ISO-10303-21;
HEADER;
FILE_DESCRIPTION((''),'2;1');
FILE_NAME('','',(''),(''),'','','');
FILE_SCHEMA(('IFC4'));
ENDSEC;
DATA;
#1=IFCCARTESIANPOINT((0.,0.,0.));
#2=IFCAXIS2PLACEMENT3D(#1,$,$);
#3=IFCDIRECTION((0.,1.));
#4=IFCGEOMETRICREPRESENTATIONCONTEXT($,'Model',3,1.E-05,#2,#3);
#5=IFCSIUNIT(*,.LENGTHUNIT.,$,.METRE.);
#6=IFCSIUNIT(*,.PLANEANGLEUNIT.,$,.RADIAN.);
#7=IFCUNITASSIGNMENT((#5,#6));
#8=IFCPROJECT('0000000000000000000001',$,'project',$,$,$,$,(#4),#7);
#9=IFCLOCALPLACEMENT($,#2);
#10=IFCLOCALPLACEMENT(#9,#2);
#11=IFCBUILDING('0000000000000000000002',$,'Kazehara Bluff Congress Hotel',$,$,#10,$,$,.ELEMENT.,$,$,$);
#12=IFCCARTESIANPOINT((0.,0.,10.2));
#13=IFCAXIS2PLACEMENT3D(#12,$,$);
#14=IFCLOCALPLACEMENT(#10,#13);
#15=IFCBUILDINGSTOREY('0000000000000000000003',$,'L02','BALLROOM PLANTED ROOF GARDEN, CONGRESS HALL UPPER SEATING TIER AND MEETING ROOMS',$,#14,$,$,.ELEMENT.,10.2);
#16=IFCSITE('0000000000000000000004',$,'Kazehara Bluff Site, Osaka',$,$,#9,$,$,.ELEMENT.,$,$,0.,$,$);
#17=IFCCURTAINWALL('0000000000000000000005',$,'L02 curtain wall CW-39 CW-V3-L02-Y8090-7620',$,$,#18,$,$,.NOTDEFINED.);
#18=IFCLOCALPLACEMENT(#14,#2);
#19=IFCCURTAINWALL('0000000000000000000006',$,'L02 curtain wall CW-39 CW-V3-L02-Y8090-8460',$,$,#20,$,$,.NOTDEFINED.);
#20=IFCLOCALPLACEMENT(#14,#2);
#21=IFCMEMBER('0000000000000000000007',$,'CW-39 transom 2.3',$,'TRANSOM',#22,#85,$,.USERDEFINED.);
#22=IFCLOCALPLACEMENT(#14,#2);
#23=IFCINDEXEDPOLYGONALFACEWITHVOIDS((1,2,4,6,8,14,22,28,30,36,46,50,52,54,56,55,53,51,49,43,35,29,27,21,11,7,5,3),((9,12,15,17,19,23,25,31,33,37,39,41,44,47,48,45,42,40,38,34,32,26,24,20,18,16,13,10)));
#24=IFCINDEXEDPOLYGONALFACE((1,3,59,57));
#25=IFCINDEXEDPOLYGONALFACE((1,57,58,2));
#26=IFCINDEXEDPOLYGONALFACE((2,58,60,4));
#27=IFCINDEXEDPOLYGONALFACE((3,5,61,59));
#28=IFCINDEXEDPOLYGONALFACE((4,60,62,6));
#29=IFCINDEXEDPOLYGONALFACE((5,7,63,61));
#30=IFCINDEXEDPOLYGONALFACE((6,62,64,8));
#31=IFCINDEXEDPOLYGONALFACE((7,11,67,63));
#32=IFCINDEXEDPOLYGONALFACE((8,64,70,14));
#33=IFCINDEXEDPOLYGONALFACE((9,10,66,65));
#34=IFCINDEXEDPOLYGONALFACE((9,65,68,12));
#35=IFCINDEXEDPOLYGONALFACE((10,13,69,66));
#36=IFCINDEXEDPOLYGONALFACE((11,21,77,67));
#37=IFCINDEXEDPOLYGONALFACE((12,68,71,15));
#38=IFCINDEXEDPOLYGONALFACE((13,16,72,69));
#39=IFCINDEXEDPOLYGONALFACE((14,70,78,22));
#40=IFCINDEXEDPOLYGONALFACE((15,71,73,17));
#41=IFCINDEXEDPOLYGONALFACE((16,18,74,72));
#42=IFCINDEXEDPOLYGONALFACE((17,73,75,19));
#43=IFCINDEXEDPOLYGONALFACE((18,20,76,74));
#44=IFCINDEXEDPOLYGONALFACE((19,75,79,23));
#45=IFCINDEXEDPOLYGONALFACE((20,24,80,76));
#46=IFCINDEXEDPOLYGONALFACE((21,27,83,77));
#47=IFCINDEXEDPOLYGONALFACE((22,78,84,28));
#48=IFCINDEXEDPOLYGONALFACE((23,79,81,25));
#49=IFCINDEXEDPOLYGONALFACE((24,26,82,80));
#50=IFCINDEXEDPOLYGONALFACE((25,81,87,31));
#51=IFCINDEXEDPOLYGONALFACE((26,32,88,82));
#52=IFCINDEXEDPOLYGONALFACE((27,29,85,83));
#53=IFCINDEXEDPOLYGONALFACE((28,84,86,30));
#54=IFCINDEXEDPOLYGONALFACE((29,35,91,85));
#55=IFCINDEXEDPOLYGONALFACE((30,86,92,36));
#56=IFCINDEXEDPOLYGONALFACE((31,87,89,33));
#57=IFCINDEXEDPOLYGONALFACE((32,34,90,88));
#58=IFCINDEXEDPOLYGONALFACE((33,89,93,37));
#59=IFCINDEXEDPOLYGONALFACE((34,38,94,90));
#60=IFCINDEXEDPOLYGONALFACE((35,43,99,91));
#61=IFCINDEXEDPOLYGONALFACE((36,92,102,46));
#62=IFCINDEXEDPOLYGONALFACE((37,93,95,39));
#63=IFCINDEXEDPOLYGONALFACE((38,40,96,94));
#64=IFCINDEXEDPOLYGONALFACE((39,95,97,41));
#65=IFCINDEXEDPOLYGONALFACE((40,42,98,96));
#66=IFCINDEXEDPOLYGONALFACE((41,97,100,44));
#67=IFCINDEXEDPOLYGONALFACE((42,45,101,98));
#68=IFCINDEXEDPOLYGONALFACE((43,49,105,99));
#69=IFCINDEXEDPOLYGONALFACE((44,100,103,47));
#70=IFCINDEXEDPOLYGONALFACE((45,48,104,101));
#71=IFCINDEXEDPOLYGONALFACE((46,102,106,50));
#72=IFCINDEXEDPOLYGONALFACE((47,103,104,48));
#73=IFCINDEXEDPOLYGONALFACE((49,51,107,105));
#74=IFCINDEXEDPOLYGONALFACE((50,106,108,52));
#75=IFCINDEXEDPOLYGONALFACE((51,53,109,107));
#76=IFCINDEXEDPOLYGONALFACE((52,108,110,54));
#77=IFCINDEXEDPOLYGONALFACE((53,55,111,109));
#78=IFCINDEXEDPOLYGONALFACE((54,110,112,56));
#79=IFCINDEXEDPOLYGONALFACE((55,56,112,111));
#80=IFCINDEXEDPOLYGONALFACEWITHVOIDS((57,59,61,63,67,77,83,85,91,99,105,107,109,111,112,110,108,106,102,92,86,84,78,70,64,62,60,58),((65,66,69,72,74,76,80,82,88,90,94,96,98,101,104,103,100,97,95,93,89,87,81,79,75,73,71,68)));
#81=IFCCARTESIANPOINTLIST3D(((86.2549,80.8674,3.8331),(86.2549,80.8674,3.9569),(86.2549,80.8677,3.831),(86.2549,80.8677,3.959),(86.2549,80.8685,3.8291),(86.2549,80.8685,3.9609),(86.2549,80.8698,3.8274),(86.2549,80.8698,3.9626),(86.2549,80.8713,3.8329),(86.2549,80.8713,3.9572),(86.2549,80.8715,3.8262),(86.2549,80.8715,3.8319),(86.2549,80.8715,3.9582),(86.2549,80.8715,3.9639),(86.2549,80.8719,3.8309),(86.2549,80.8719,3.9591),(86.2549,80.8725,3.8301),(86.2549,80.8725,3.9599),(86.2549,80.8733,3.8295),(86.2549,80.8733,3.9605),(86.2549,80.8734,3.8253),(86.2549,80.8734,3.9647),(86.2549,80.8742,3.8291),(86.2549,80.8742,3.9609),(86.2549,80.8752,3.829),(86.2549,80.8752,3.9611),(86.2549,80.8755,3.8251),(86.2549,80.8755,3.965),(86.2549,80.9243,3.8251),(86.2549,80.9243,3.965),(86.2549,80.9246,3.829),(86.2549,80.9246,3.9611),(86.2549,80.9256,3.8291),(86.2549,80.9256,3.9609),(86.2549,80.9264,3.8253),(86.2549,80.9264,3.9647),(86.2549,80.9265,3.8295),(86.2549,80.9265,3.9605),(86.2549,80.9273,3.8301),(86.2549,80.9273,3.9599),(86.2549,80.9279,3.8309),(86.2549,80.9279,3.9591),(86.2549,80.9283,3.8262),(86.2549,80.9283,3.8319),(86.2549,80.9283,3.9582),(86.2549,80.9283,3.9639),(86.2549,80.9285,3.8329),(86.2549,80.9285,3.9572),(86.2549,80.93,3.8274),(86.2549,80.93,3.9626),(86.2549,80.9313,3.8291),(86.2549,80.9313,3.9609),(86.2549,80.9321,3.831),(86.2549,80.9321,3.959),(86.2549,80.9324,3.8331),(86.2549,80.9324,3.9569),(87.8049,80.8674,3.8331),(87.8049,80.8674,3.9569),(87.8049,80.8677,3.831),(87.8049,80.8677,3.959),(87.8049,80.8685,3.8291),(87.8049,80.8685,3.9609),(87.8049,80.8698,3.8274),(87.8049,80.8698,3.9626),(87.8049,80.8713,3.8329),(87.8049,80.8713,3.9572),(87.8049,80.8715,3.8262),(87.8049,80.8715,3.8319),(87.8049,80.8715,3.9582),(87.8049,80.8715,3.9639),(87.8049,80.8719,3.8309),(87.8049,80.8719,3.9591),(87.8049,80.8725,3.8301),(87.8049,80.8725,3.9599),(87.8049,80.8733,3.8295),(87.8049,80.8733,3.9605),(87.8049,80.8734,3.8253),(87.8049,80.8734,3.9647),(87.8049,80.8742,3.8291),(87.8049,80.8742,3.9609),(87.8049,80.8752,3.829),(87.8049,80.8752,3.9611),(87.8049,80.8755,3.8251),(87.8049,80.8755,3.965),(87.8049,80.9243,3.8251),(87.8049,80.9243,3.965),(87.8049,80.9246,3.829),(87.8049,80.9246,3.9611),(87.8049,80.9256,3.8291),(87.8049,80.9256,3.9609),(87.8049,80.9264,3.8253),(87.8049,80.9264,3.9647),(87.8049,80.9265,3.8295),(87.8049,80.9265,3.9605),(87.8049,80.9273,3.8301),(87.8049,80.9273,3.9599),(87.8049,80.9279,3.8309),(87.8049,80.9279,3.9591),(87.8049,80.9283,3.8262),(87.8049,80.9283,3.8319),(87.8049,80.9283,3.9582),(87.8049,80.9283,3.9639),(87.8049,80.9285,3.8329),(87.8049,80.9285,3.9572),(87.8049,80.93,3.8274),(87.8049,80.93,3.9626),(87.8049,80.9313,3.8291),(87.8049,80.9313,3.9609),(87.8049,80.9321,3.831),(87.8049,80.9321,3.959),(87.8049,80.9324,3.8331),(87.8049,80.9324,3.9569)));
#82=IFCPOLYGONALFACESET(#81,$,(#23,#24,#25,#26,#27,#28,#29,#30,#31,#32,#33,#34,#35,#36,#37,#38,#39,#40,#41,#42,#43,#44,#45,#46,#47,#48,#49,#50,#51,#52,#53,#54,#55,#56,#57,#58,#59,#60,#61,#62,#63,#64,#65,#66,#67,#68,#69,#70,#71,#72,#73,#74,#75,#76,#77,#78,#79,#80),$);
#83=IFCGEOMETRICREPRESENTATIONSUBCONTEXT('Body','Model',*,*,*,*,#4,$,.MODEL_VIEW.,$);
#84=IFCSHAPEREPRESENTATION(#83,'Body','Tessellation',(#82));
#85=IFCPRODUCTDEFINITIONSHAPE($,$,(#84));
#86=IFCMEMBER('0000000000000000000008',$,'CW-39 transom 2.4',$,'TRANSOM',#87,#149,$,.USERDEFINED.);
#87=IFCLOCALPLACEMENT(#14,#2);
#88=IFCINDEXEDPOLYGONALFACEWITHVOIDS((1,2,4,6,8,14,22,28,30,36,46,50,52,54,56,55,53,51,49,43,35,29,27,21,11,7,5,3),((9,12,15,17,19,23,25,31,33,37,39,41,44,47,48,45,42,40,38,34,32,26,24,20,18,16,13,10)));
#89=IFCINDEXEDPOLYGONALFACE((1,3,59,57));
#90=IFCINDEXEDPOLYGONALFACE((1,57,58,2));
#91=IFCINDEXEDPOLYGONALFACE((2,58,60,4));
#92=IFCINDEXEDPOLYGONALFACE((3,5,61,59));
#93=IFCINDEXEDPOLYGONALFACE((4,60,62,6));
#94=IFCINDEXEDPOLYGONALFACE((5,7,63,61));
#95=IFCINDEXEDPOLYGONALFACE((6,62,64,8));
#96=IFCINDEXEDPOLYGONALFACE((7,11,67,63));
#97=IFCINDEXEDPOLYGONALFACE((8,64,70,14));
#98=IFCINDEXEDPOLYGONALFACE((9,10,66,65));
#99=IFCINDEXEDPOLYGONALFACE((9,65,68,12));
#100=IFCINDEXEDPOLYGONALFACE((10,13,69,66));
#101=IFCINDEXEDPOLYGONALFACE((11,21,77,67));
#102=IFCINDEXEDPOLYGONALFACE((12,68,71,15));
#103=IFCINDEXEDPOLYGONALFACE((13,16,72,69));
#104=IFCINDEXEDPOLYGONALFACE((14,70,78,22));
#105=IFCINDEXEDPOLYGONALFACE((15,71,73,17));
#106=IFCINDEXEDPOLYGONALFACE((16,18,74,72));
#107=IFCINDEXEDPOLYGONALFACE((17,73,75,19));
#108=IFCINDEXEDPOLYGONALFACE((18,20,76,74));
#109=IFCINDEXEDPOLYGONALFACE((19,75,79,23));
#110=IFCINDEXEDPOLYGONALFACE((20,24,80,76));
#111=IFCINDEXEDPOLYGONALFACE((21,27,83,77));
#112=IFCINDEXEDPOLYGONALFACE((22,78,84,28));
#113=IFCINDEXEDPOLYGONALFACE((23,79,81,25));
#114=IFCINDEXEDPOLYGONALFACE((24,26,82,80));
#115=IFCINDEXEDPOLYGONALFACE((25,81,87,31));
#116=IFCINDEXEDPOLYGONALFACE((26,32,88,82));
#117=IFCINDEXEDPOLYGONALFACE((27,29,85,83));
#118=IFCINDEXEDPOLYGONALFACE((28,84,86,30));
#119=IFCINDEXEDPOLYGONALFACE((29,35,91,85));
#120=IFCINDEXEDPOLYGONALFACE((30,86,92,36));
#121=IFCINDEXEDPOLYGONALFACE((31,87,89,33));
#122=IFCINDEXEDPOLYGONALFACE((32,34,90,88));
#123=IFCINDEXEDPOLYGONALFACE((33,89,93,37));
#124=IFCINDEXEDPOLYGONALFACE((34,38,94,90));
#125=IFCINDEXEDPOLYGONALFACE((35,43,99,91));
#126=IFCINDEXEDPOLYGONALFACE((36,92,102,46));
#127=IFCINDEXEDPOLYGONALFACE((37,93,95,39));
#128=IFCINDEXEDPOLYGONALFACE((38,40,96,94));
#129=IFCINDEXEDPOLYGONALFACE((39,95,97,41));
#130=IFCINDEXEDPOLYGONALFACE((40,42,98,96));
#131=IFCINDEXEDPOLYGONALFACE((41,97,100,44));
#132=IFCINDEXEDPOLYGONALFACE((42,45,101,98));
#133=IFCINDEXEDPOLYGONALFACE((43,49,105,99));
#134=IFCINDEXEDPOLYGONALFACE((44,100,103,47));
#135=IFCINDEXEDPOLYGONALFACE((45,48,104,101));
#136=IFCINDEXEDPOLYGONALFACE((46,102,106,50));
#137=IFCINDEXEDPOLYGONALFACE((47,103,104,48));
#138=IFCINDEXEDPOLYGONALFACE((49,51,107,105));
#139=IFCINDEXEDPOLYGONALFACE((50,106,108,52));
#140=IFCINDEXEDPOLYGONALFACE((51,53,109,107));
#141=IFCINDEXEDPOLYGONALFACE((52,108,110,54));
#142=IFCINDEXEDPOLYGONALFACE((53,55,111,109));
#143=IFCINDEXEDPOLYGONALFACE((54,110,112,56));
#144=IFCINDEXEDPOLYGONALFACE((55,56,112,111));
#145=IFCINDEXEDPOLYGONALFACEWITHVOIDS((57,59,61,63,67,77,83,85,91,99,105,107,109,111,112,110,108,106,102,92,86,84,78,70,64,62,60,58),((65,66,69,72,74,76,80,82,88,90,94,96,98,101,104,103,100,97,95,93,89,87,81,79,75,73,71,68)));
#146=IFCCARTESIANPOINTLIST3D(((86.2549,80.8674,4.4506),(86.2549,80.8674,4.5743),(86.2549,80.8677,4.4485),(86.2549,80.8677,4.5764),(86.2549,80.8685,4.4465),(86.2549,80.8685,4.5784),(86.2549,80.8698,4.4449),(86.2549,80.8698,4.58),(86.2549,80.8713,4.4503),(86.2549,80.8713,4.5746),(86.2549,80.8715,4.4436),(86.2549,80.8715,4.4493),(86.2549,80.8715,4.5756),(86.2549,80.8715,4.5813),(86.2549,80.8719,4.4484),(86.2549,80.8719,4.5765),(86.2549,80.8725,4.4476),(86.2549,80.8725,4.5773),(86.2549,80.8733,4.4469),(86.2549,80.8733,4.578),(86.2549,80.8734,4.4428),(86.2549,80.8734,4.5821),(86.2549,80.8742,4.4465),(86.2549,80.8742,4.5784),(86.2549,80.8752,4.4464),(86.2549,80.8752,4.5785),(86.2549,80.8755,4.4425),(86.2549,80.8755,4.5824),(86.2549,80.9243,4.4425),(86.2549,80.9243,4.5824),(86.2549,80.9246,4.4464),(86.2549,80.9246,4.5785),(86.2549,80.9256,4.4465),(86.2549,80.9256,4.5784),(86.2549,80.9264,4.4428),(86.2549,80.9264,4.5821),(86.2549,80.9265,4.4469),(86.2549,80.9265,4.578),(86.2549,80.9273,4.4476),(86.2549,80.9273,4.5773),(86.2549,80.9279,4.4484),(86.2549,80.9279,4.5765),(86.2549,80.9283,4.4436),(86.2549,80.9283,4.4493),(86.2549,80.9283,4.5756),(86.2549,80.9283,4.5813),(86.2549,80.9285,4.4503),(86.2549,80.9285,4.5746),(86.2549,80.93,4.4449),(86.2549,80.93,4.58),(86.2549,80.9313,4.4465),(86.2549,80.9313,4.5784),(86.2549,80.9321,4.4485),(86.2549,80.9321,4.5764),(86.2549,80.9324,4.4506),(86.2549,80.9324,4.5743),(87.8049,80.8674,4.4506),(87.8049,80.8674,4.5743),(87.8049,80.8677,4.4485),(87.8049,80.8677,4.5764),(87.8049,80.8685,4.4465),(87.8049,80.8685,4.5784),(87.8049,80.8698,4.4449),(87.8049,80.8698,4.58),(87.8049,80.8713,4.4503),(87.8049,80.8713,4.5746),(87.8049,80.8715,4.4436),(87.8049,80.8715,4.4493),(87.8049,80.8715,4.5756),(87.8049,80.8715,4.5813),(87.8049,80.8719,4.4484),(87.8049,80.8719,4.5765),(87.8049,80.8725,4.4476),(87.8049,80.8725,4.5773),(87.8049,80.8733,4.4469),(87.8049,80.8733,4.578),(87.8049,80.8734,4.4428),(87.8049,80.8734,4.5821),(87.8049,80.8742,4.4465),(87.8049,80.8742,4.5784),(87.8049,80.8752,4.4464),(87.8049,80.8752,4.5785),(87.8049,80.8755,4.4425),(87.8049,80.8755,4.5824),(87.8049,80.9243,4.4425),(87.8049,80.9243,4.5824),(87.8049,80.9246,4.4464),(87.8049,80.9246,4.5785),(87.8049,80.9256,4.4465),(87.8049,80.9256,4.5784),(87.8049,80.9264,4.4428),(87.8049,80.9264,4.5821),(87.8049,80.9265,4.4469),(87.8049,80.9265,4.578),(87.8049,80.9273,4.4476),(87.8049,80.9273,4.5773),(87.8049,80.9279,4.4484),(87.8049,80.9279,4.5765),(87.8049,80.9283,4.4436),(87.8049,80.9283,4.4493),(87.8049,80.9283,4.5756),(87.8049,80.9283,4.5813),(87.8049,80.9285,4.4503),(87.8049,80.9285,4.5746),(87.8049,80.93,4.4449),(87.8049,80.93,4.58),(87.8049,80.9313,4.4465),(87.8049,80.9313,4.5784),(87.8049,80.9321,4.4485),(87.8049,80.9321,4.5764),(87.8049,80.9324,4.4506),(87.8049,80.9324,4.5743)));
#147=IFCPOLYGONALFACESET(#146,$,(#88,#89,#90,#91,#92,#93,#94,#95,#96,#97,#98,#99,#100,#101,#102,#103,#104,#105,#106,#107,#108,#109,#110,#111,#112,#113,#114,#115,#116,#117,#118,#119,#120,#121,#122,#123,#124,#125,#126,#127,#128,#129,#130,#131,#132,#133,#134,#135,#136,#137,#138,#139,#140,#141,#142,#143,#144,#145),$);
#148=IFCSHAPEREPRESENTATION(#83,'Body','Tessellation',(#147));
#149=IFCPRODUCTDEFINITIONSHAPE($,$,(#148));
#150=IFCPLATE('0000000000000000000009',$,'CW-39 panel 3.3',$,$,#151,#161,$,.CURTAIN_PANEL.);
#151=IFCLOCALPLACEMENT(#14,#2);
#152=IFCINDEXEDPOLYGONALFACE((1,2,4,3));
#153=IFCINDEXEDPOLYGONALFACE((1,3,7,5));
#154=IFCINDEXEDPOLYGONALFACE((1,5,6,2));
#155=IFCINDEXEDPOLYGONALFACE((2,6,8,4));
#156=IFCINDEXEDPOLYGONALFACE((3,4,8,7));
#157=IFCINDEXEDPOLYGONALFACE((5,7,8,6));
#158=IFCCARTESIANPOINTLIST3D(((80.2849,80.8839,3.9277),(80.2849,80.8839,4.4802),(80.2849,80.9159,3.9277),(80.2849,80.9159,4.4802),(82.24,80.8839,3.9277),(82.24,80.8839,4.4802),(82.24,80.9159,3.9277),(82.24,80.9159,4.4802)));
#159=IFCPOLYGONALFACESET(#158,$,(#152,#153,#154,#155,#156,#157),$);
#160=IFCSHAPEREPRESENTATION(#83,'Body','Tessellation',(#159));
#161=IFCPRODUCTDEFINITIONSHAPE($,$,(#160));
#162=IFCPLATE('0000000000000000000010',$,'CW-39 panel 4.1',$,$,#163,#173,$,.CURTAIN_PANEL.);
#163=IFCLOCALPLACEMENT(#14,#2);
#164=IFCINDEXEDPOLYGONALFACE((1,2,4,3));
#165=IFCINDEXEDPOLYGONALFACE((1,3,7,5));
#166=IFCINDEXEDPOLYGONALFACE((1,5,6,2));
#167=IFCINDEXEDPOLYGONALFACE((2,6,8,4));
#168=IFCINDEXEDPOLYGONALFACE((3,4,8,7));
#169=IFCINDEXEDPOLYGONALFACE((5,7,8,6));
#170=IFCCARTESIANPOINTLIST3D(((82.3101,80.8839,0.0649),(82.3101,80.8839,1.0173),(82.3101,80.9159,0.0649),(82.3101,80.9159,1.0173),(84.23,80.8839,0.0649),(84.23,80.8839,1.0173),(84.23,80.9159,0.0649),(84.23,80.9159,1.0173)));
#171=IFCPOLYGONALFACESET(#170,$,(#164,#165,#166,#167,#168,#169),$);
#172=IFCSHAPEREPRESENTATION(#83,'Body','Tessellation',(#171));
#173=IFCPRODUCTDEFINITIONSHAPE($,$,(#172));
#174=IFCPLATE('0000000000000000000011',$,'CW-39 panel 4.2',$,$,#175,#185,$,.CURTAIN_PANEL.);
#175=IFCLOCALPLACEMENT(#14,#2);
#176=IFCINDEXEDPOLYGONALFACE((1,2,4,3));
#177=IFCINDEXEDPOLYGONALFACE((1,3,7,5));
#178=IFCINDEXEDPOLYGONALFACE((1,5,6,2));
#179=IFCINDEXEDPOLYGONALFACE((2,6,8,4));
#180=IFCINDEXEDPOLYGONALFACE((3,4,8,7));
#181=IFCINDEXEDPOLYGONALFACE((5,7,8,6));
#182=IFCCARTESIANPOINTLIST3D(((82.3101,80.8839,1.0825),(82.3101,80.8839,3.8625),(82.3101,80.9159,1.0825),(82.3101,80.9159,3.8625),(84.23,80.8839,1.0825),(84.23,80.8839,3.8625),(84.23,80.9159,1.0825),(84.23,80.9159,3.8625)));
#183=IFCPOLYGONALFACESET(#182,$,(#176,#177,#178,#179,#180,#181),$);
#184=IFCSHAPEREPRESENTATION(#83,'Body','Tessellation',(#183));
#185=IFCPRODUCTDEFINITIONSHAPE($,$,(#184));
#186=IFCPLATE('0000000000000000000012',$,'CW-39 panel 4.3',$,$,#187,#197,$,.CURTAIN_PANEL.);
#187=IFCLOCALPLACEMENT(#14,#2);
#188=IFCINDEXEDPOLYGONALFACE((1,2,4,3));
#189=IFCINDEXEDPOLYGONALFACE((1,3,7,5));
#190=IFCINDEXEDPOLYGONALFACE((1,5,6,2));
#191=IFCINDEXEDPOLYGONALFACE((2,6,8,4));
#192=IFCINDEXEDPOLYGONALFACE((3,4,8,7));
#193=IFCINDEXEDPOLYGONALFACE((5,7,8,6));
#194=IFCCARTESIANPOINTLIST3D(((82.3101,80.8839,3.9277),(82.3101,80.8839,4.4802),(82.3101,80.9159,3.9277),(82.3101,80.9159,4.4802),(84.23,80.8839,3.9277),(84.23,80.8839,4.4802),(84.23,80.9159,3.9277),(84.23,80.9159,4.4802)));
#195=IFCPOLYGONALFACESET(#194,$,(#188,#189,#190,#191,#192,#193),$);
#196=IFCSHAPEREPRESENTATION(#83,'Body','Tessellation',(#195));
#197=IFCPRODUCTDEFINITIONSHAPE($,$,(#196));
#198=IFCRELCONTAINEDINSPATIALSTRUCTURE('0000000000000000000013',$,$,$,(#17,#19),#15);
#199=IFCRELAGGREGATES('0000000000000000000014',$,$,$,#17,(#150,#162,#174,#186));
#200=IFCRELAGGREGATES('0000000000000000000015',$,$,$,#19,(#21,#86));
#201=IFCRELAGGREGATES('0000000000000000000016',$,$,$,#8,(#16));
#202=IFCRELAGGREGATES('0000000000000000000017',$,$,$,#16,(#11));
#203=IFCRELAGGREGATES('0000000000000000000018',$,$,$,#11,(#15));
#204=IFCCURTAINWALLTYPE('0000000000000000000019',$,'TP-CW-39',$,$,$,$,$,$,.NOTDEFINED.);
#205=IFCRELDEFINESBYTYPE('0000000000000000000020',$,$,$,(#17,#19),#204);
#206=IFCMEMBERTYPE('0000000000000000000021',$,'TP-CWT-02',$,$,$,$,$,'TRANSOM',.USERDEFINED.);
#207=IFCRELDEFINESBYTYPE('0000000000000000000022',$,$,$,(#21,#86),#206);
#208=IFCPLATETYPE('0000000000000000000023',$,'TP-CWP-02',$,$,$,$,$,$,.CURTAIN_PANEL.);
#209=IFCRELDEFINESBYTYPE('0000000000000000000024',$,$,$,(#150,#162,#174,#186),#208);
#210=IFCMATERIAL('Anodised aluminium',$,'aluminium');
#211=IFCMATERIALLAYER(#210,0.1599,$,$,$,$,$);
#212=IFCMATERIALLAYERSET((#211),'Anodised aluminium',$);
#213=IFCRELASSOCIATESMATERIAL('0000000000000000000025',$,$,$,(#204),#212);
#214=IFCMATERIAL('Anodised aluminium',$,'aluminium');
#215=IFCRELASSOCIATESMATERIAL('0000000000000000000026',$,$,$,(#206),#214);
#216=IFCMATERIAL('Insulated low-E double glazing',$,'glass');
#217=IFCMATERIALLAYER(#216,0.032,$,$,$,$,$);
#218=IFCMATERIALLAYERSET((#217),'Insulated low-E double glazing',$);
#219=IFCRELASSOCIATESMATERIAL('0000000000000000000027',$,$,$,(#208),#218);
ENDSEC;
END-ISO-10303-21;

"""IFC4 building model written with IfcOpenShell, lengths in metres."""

from ifc_helpers import new_model, si_unit, direction, frame, origin, origin_2d, place, context, subcontext, project, spatial, rectangle, hollow_rectangle, extrude, material, layer, layer_set, material_profile, profile_set, type_object, element, aggregate, save


model = new_model("IFC4")

# Units and contexts
model_context = context("Model", 3, precision=1e-05, world=origin(), true_north=direction((0.0, 1.0)))
body_context = subcontext(model_context, "Body", "Model", "MODEL_VIEW")
ifc_project = project(units=[si_unit("LENGTHUNIT", "METRE"), si_unit("PLANEANGLEUNIT", "RADIAN")], contexts=[model_context])

# Site, building, storey
site_placement = place(None, origin())
site = spatial("IfcSite", under=ifc_project, at=site_placement, Name="Kazehara Bluff Site, Osaka", CompositionType="ELEMENT", RefElevation=0.0)
building_placement = place(site_placement, origin())
building = spatial("IfcBuilding", under=site, at=building_placement, Name="Kazehara Bluff Congress Hotel", CompositionType="ELEMENT")
storey_placement = place(building_placement, frame((0.0, 0.0, 10.2)))
storey = spatial("IfcBuildingStorey", under=building, at=storey_placement, Name="L02", Description="BALLROOM PLANTED ROOF GARDEN, CONGRESS HALL UPPER SEATING TIER AND MEETING ROOMS", CompositionType="ELEMENT", Elevation=10.2)

# Curtain walls
ifc_material_1 = material(Name="Anodised aluminium", Category="aluminium")
ifc_layer_1 = layer(ifc_material_1, 0.1599)
ifc_layer_set_1 = layer_set([ifc_layer_1], Name="Anodised aluminium")
curtain_wall_type = type_object("IfcCurtainWallType", Name="TP-CW-39", PredefinedType="NOTDEFINED", material=ifc_layer_set_1)
curtain_wall_1_placement = place(storey_placement, origin())
curtain_wall_1 = element("IfcCurtainWall", 1, at=curtain_wall_1_placement, inside=storey, type_object=curtain_wall_type, Name="L02 curtain wall CW-39 CW-V3-L02-Y8090-7620", PredefinedType="NOTDEFINED")
curtain_wall_2_placement = place(storey_placement, origin())
curtain_wall_2 = element("IfcCurtainWall", 2, at=curtain_wall_2_placement, inside=storey, type_object=curtain_wall_type, Name="L02 curtain wall CW-39 CW-V3-L02-Y8090-8460", PredefinedType="NOTDEFINED")

# Members
ifc_material_2 = material(Name="Anodised aluminium", Category="aluminium")
ifc_material_profile_1 = material_profile(ifc_material_2, hollow_rectangle(XDim=0.0649, YDim=0.1399, WallThickness=0.0039, InnerFilletRadius=0.0039, OuterFilletRadius=0.0081, at=origin_2d()))
ifc_profile_set_1 = profile_set([ifc_material_profile_1], Name="Anodised aluminium")
member_type_1 = type_object("IfcMemberType", Name="TP-CWT-02", ElementType="TRANSOM", PredefinedType="USERDEFINED", material=ifc_profile_set_1)
member_1_placement = place(storey_placement, frame((86.2549, 80.8999, 3.895), z_axis=(1.0, 0.0, 0.0), x_axis=(0.0, 1.0, 0.0)))
member_1 = element("IfcMember", 3, at=member_1_placement, type_object=member_type_1, Name="CW-39 transom 2.3", ObjectType="TRANSOM", PredefinedType="USERDEFINED", context=body_context, shape_type="SweptSolid", body=[
    extrude(hollow_rectangle(XDim=0.0649, YDim=0.1399, WallThickness=0.0039, InnerFilletRadius=0.0039, OuterFilletRadius=0.0081, at=origin_2d()), origin(), (0.0, 0.0, 1.0), 1.55),
])
member_2_placement = place(storey_placement, frame((86.2549, 80.8999, 4.5125), z_axis=(1.0, 0.0, 0.0), x_axis=(0.0, 1.0, 0.0)))
member_2 = element("IfcMember", 4, at=member_2_placement, type_object=member_type_1, Name="CW-39 transom 2.4", ObjectType="TRANSOM", PredefinedType="USERDEFINED", context=body_context, shape_type="SweptSolid", body=[
    extrude(hollow_rectangle(XDim=0.0649, YDim=0.1399, WallThickness=0.0039, InnerFilletRadius=0.0039, OuterFilletRadius=0.0081, at=origin_2d()), origin(), (0.0, 0.0, 1.0), 1.55),
])

# Plates
ifc_material_3 = material(Name="Insulated low-E double glazing", Category="glass")
ifc_layer_2 = layer(ifc_material_3, 0.032)
ifc_layer_set_2 = layer_set([ifc_layer_2], Name="Insulated low-E double glazing")
plate_type = type_object("IfcPlateType", Name="TP-CWP-02", PredefinedType="CURTAIN_PANEL", material=ifc_layer_set_2)
plate_1_placement = place(storey_placement, frame((81.2625, 80.8999, 3.9277), z_axis=(0.0, 0.0, 1.0), x_axis=(1.0, 0.0, 0.0)))
plate_1 = element("IfcPlate", 5, at=plate_1_placement, type_object=plate_type, Name="CW-39 panel 3.3", PredefinedType="CURTAIN_PANEL", context=body_context, shape_type="SweptSolid", body=[
    extrude(rectangle(XDim=1.9551, YDim=0.032, at=origin_2d()), origin(), (0.0, 0.0, 1.0), 0.5525),
])
plate_2_placement = place(storey_placement, frame((83.27, 80.8999, 0.0649), z_axis=(0.0, 0.0, 1.0), x_axis=(1.0, 0.0, 0.0)))
plate_2 = element("IfcPlate", 6, at=plate_2_placement, type_object=plate_type, Name="CW-39 panel 4.1", PredefinedType="CURTAIN_PANEL", context=body_context, shape_type="SweptSolid", body=[
    extrude(rectangle(XDim=1.9199, YDim=0.032, at=origin_2d()), origin(), (0.0, 0.0, 1.0), 0.9524),
])
plate_3_placement = place(storey_placement, frame((83.27, 80.8999, 1.0825), z_axis=(0.0, 0.0, 1.0), x_axis=(1.0, 0.0, 0.0)))
plate_3 = element("IfcPlate", 7, at=plate_3_placement, type_object=plate_type, Name="CW-39 panel 4.2", PredefinedType="CURTAIN_PANEL", context=body_context, shape_type="SweptSolid", body=[
    extrude(rectangle(XDim=1.9199, YDim=0.032, at=origin_2d()), origin(), (0.0, 0.0, 1.0), 2.78),
])
plate_4_placement = place(storey_placement, frame((83.27, 80.8999, 3.9277), z_axis=(0.0, 0.0, 1.0), x_axis=(1.0, 0.0, 0.0)))
plate_4 = element("IfcPlate", 8, at=plate_4_placement, type_object=plate_type, Name="CW-39 panel 4.3", PredefinedType="CURTAIN_PANEL", context=body_context, shape_type="SweptSolid", body=[
    extrude(rectangle(XDim=1.9199, YDim=0.032, at=origin_2d()), origin(), (0.0, 0.0, 1.0), 0.5525),
])
aggregate(curtain_wall_1, [plate_1, plate_2, plate_3, plate_4])
aggregate(curtain_wall_2, [member_1, member_2])

save(model, "model.ifc")
